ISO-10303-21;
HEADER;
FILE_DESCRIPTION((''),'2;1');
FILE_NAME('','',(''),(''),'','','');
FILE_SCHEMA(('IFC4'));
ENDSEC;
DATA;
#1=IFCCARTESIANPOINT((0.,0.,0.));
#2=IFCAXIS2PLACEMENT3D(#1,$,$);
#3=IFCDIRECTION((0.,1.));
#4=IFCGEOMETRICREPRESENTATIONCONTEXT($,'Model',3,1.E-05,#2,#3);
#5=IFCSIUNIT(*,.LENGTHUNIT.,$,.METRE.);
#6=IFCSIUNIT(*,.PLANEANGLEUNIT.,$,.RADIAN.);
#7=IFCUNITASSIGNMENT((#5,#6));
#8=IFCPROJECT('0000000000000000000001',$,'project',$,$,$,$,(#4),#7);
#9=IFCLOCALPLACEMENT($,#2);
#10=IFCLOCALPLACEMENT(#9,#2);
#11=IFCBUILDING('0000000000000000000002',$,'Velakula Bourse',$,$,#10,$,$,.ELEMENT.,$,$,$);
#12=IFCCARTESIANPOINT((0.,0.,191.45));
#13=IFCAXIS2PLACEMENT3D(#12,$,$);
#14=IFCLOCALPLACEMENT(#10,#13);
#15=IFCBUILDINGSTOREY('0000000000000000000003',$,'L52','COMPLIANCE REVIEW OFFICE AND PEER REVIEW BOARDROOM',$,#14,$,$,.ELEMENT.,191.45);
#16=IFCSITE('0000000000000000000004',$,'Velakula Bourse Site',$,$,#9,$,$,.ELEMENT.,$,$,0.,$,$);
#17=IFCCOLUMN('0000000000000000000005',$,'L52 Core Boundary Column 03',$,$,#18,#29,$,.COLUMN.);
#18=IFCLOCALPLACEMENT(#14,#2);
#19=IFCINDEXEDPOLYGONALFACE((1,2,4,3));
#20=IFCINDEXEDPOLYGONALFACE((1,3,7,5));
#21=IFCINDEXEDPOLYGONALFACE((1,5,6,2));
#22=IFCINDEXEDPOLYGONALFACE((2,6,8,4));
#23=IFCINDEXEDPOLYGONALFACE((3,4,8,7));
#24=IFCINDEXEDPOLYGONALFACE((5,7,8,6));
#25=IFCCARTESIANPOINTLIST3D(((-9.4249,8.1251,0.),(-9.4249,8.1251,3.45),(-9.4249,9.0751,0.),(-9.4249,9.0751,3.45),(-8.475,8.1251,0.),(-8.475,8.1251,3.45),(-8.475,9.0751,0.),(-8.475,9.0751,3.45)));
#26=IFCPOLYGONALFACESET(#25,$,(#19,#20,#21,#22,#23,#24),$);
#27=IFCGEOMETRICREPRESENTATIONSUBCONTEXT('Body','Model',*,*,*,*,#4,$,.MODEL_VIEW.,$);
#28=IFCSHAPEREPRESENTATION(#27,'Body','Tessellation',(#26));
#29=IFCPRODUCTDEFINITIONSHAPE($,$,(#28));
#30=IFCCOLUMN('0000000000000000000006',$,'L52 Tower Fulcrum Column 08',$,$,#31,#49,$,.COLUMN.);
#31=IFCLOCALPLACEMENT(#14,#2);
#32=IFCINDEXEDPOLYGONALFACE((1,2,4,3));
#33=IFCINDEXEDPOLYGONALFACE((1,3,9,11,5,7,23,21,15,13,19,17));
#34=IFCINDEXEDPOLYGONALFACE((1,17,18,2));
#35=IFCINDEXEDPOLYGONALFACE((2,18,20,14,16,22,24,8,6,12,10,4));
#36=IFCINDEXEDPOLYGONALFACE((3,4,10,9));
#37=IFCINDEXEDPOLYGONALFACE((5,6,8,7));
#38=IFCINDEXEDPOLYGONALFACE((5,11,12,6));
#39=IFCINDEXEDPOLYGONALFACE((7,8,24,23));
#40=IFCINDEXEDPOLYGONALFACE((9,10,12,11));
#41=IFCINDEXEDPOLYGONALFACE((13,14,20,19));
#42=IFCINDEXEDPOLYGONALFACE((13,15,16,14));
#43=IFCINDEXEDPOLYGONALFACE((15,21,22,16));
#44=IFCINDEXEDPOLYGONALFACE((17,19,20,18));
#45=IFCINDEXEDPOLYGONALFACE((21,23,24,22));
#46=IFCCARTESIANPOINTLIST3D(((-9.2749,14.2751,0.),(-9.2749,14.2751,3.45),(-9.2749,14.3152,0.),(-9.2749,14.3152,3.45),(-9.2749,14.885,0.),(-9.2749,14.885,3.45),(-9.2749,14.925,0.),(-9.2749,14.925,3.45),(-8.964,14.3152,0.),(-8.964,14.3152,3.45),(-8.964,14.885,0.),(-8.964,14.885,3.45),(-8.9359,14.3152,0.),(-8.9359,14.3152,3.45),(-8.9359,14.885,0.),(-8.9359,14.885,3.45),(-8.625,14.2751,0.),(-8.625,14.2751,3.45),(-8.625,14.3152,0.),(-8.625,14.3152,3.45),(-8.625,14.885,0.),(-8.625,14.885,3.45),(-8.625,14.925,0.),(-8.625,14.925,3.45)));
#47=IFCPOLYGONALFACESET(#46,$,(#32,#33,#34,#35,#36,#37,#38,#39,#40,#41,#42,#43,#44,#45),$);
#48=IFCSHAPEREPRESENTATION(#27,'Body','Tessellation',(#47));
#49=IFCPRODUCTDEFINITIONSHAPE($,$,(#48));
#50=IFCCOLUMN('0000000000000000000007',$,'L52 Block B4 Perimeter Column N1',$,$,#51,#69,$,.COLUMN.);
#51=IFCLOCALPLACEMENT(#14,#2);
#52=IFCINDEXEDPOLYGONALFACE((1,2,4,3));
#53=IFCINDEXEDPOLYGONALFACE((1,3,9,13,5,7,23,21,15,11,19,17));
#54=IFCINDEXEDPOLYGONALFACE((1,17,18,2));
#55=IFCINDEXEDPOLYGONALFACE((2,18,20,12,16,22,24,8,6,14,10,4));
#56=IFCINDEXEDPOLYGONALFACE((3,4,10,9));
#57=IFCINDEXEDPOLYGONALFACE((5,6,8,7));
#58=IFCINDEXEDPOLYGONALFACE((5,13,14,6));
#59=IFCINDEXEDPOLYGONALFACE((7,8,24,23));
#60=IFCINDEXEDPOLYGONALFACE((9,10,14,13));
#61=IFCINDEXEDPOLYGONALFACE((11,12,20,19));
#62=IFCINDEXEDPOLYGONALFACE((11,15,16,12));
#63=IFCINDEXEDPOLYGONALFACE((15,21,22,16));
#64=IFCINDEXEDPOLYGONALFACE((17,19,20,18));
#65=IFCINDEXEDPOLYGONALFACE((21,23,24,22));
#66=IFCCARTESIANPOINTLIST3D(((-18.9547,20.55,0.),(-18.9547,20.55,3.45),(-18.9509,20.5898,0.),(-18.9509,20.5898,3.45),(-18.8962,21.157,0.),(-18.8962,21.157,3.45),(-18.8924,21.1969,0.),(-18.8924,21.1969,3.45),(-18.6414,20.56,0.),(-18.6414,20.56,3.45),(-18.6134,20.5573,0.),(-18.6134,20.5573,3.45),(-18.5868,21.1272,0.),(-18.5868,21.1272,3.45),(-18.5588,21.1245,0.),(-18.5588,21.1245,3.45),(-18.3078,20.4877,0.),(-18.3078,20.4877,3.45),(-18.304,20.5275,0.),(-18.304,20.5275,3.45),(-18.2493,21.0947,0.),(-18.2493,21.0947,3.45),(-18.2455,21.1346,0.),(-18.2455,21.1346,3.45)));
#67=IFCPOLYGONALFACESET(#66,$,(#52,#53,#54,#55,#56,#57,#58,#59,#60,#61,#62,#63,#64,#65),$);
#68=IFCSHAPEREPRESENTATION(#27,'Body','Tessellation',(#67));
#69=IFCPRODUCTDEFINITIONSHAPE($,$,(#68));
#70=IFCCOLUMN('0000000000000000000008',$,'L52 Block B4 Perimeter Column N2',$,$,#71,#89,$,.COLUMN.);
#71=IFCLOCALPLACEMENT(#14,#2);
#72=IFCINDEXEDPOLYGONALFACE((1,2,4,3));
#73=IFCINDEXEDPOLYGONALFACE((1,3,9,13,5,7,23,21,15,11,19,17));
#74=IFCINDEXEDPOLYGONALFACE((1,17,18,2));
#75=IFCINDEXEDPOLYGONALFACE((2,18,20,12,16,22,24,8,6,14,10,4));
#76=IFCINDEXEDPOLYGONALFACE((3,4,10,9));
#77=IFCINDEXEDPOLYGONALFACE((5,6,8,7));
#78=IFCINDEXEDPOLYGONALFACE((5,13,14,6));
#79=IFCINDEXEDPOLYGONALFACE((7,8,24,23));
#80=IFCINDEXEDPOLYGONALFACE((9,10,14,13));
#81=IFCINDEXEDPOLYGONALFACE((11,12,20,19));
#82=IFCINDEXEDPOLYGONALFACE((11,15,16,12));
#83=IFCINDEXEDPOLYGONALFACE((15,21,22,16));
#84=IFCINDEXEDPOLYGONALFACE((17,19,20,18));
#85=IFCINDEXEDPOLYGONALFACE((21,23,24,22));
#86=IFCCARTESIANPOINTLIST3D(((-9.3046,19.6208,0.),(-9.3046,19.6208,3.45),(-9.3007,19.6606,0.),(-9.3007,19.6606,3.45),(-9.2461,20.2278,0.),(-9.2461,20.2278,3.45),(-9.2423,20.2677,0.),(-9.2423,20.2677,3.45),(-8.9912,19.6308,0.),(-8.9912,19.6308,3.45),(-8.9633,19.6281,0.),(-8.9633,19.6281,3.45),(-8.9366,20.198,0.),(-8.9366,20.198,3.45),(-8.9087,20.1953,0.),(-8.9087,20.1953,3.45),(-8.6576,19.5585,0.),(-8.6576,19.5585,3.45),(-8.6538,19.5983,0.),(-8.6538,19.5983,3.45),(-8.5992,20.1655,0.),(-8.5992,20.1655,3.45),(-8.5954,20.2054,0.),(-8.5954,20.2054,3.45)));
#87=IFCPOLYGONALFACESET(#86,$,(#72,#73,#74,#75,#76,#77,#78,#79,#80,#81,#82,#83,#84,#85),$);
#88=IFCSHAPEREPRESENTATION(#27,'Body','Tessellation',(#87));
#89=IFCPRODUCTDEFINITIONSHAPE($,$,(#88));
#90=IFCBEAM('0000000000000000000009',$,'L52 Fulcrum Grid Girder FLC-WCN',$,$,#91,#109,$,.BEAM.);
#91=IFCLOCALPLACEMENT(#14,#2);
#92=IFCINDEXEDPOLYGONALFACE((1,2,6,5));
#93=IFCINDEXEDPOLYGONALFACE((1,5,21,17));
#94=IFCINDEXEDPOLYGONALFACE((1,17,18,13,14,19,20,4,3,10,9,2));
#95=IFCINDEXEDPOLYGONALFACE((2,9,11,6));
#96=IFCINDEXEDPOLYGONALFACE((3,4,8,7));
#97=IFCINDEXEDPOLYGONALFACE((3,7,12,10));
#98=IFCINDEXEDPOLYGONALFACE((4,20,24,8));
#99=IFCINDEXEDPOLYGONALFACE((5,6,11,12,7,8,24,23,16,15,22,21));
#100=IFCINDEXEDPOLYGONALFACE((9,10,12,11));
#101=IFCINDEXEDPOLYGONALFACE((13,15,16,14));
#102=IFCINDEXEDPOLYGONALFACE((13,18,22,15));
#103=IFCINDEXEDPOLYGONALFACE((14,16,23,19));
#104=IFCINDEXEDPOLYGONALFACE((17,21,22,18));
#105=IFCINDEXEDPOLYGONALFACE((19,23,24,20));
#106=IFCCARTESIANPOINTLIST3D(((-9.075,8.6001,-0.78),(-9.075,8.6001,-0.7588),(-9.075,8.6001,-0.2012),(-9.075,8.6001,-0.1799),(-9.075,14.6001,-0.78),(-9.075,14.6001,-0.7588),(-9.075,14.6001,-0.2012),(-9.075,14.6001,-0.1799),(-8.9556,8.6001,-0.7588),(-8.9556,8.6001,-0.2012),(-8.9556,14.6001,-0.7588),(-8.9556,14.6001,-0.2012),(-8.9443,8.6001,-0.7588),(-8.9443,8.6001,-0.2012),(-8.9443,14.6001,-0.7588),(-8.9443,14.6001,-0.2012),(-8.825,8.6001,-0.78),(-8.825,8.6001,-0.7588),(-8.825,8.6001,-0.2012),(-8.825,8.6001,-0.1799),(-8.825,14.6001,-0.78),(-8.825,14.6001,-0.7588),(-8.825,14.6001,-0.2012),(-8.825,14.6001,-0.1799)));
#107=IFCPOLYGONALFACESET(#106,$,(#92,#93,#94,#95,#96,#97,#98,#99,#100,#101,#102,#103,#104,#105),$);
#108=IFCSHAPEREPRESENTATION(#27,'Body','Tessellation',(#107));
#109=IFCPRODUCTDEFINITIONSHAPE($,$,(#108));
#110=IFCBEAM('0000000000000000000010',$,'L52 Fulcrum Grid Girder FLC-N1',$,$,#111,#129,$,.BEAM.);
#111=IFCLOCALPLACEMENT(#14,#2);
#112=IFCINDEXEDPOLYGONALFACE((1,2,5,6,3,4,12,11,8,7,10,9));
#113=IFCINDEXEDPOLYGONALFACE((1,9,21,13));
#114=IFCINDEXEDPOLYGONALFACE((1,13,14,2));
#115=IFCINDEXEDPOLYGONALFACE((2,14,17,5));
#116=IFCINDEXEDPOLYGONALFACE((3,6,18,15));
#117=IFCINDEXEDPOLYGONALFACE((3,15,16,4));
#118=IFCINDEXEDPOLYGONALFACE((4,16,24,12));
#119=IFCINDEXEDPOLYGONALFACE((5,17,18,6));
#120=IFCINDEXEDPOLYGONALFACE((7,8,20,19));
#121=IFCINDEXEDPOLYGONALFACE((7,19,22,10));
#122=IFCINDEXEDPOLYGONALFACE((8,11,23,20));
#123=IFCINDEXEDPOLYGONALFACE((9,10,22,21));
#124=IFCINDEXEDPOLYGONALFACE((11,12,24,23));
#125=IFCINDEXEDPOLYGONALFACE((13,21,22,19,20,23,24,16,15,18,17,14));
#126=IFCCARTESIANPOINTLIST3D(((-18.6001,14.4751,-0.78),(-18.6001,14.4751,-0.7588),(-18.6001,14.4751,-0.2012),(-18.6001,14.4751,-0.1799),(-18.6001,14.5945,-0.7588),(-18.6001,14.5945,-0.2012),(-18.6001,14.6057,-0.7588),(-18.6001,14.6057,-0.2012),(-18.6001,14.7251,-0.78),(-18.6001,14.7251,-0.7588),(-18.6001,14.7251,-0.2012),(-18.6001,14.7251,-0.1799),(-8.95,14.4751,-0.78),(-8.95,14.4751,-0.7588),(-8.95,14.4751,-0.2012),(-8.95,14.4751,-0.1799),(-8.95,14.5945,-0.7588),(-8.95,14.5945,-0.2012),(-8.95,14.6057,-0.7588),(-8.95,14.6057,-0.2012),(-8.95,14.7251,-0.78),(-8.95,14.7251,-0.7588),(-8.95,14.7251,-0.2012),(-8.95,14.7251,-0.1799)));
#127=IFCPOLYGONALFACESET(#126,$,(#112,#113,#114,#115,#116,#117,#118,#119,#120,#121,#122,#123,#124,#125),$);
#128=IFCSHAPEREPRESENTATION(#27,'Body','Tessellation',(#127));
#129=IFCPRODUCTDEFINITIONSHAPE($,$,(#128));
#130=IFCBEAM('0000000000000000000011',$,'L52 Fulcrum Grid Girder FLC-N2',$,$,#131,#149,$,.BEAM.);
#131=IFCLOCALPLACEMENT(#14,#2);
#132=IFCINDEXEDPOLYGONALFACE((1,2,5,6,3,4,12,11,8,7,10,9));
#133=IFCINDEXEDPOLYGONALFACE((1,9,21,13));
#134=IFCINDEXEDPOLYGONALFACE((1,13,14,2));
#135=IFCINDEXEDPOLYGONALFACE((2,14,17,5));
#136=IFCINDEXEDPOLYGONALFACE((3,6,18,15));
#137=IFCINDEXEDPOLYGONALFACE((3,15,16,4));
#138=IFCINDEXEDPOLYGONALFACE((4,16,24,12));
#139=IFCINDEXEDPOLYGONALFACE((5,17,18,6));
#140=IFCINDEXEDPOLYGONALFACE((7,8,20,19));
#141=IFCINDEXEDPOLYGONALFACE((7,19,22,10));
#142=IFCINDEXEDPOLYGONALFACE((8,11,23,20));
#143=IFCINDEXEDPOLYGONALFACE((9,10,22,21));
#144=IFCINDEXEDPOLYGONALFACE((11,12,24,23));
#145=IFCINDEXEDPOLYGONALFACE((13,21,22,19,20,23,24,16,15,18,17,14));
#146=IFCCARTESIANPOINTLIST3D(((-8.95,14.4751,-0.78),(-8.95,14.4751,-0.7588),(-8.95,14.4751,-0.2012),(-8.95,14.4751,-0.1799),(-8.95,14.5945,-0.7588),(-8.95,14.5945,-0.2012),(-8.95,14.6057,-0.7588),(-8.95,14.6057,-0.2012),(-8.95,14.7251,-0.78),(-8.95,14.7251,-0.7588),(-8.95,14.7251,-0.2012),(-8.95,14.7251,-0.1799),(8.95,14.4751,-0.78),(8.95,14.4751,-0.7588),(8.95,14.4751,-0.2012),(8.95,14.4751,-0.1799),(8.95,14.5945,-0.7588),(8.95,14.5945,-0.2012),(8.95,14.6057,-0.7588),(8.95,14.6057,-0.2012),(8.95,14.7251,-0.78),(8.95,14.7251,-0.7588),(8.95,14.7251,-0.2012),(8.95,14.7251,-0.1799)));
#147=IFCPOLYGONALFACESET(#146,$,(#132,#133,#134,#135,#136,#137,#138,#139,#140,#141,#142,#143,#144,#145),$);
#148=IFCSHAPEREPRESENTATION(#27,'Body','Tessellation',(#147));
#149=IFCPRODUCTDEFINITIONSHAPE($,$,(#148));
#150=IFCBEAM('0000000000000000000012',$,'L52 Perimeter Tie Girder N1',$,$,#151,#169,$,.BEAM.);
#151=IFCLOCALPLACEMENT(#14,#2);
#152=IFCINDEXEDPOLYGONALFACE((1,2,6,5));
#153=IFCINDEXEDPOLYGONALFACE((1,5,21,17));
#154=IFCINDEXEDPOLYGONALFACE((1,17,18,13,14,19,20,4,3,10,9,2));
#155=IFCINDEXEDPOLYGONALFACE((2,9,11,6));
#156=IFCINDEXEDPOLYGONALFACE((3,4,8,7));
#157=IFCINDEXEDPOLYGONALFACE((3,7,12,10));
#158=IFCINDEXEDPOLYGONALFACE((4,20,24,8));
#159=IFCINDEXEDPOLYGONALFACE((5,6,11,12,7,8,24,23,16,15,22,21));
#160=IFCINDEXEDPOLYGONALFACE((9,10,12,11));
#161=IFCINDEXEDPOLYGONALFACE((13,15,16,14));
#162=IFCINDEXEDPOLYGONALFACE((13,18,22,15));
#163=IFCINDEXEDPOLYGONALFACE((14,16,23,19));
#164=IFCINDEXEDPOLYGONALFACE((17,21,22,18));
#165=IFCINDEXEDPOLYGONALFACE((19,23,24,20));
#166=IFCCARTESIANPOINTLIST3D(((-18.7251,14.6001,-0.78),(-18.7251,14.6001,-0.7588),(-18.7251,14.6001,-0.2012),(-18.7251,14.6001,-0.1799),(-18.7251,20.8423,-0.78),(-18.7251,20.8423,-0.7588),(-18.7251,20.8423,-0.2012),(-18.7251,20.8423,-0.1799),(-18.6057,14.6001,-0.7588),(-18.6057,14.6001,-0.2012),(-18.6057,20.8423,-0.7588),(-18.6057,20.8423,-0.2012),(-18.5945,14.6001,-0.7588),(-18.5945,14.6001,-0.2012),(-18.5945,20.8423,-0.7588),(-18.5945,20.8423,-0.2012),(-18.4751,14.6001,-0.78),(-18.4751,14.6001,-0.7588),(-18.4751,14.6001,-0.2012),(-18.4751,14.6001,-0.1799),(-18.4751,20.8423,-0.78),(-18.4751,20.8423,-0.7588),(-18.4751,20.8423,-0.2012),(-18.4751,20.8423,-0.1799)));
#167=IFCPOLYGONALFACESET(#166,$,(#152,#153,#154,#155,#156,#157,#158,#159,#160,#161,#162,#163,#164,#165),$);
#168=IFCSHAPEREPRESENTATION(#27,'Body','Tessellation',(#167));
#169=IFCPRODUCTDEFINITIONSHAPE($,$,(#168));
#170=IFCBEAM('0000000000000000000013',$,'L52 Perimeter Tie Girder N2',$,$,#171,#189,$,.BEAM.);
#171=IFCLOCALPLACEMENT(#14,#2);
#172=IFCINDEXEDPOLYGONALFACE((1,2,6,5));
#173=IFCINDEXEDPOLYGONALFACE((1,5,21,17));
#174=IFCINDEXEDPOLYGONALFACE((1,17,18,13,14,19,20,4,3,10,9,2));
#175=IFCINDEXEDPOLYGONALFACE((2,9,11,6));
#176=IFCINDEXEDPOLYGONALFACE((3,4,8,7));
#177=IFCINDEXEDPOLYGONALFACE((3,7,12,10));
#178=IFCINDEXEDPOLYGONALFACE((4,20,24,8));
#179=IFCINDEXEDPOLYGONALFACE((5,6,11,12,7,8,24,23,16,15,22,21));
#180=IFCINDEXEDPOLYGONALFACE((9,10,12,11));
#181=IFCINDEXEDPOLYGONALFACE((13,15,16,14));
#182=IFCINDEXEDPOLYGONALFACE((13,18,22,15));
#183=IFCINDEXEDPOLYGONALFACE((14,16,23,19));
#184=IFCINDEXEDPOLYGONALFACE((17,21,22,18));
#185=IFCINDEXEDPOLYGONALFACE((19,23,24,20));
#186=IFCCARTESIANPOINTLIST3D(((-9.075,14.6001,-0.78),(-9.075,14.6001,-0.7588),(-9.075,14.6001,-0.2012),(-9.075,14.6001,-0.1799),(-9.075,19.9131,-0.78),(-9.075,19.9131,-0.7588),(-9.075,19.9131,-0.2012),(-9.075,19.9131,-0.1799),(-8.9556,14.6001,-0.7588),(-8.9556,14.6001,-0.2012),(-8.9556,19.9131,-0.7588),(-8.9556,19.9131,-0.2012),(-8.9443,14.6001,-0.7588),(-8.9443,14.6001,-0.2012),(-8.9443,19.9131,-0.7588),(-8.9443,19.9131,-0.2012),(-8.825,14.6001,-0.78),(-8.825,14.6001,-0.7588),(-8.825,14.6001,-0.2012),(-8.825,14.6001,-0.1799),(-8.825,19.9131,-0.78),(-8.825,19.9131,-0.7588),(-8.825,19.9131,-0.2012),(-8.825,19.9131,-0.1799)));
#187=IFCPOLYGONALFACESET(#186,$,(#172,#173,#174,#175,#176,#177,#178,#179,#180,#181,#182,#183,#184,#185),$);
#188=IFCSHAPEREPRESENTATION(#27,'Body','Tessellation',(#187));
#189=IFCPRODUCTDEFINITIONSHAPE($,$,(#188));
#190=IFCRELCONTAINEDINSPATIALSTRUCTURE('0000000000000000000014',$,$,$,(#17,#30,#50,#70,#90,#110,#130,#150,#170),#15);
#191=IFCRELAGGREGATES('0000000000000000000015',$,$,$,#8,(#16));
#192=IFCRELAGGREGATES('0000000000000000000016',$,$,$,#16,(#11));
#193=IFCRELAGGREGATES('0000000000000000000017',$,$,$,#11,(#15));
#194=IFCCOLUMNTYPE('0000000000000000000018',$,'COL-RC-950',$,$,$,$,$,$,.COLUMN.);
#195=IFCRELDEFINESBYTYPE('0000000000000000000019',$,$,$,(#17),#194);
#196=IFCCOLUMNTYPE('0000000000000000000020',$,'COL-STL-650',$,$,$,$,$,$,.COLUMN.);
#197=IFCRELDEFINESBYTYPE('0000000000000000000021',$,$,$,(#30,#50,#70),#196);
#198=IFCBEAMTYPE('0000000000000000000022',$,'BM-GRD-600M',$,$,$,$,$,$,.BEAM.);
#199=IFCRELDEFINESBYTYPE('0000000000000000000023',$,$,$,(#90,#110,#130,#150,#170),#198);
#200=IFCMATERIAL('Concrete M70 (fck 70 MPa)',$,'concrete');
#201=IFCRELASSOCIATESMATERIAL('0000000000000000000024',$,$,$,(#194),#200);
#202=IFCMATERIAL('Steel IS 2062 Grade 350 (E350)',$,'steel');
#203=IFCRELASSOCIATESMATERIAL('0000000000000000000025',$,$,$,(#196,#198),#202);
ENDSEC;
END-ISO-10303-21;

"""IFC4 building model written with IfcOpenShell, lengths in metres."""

from ifc_helpers import new_model, si_unit, direction, frame, origin, origin_2d, place, context, subcontext, project, spatial, rectangle, i_section, extrude, material, material_profile, profile_set, type_object, element, save


model = new_model("IFC4")

# Units and contexts
model_context = context("Model", 3, precision=1e-05, world=origin(), true_north=direction((0.0, 1.0)))
body_context = subcontext(model_context, "Body", "Model", "MODEL_VIEW")
ifc_project = project(units=[si_unit("LENGTHUNIT", "METRE"), si_unit("PLANEANGLEUNIT", "RADIAN")], contexts=[model_context])

# Site, building, storey
site_placement = place(None, origin())
site = spatial("IfcSite", under=ifc_project, at=site_placement, Name="Velakula Bourse Site", CompositionType="ELEMENT", RefElevation=0.0)
building_placement = place(site_placement, origin())
building = spatial("IfcBuilding", under=site, at=building_placement, Name="Velakula Bourse", CompositionType="ELEMENT")
storey_placement = place(building_placement, frame((0.0, 0.0, 191.45)))
storey = spatial("IfcBuildingStorey", under=building, at=storey_placement, Name="L52", Description="COMPLIANCE REVIEW OFFICE AND PEER REVIEW BOARDROOM", CompositionType="ELEMENT", Elevation=191.45)

# Columns
ifc_material_1 = material(Name="Concrete M70 (fck 70 MPa)", Category="concrete")
ifc_material_profile_1 = material_profile(ifc_material_1, rectangle(XDim=0.95, YDim=0.95, at=origin_2d()), Name="Concrete M70 (fck 70 MPa)")
ifc_profile_set_1 = profile_set([ifc_material_profile_1], Name="Concrete M70 (fck 70 MPa)")
column_type_1 = type_object("IfcColumnType", Name="COL-RC-950", PredefinedType="COLUMN", material=ifc_profile_set_1)
column_placement = place(storey_placement, frame((-8.95, 8.6001, 0.0), z_axis=(0.0, 0.0, 1.0), x_axis=(1.0, 0.0, 0.0)))
element("IfcColumn", 1, at=column_placement, inside=storey, type_object=column_type_1, Name="L52 Core Boundary Column 03", PredefinedType="COLUMN", context=body_context, shape_type="SweptSolid", body=[
    extrude(rectangle(XDim=0.95, YDim=0.95, at=origin_2d()), origin(), (0.0, 0.0, 1.0), 3.45),
])
ifc_material_2 = material(Name="Steel IS 2062 Grade 350 (E350)", Category="steel")
ifc_material_profile_2 = material_profile(ifc_material_2, i_section(OverallWidth=0.6499, OverallDepth=0.6499, WebThickness=0.0281, FlangeThickness=0.04, at=origin_2d()), Name="Steel IS 2062 Grade 350 (E350)")
ifc_profile_set_2 = profile_set([ifc_material_profile_2], Name="Steel IS 2062 Grade 350 (E350)")
column_type_2 = type_object("IfcColumnType", Name="COL-STL-650", PredefinedType="COLUMN", material=ifc_profile_set_2)
for number, where, z_axis, x_axis, name in (
    (2, (-8.95, 14.6001, 0.0), (0.0, 0.0, 1.0), (1.0, 0.0, 0.0), "L52 Tower Fulcrum Column 08"),
    (3, (-18.6001, 20.8423, 0.0), (0.0, 0.0, 1.0), (0.995396, -0.095846, 0.0), "L52 Block B4 Perimeter Column N1"),
    (4, (-8.95, 19.9131, 0.0), (0.0, 0.0, 1.0), (0.995396, -0.095846, 0.0), "L52 Block B4 Perimeter Column N2"),
):
    element("IfcColumn", number, at=place(storey_placement, frame(where, z_axis=z_axis, x_axis=x_axis)), inside=storey, type_object=column_type_2, Name=name, PredefinedType="COLUMN", context=body_context, shape_type="SweptSolid", body=[
        extrude(i_section(OverallWidth=0.6499, OverallDepth=0.6499, WebThickness=0.0281, FlangeThickness=0.04, at=origin_2d()), origin(), (0.0, 0.0, 1.0), 3.45),
    ])

# Beams
ifc_material_profile_3 = material_profile(ifc_material_2, i_section(OverallWidth=0.25, OverallDepth=0.6001, WebThickness=0.0112, FlangeThickness=0.0212, at=origin_2d()), Name="Steel IS 2062 Grade 350 (E350)")
ifc_profile_set_3 = profile_set([ifc_material_profile_3], Name="Steel IS 2062 Grade 350 (E350)")
beam_type_1 = type_object("IfcBeamType", Name="BM-GRD-600M", PredefinedType="BEAM", material=ifc_profile_set_3)
beam_1_placement = place(storey_placement, frame((-8.95, 8.6001, -0.48), z_axis=(0.0, 1.0, 0.0), x_axis=(-1.0, 0.0, 0.0)))
element("IfcBeam", 5, at=beam_1_placement, inside=storey, type_object=beam_type_1, Name="L52 Fulcrum Grid Girder FLC-WCN", PredefinedType="BEAM", context=body_context, shape_type="SweptSolid", body=[
    extrude(i_section(OverallWidth=0.25, OverallDepth=0.6001, WebThickness=0.0112, FlangeThickness=0.0212, at=origin_2d()), origin(), (0.0, 0.0, 1.0), 6.0),
])
beam_2_placement = place(storey_placement, frame((-18.6001, 14.6001, -0.48), z_axis=(1.0, 0.0, 0.0), x_axis=(0.0, 1.0, 0.0)))
element("IfcBeam", 6, at=beam_2_placement, inside=storey, type_object=beam_type_1, Name="L52 Fulcrum Grid Girder FLC-N1", PredefinedType="BEAM", context=body_context, shape_type="SweptSolid", body=[
    extrude(i_section(OverallWidth=0.25, OverallDepth=0.6001, WebThickness=0.0112, FlangeThickness=0.0212, at=origin_2d()), origin(), (0.0, 0.0, 1.0), 9.6501),
])
beam_3_placement = place(storey_placement, frame((-8.95, 14.6001, -0.48), z_axis=(1.0, 0.0, 0.0), x_axis=(0.0, 1.0, 0.0)))
element("IfcBeam", 7, at=beam_3_placement, inside=storey, type_object=beam_type_1, Name="L52 Fulcrum Grid Girder FLC-N2", PredefinedType="BEAM", context=body_context, shape_type="SweptSolid", body=[
    extrude(i_section(OverallWidth=0.25, OverallDepth=0.6001, WebThickness=0.0112, FlangeThickness=0.0212, at=origin_2d()), origin(), (0.0, 0.0, 1.0), 17.8999),
])
beam_4_placement = place(storey_placement, frame((-18.6001, 14.6001, -0.48), z_axis=(0.0, 1.0, 0.0), x_axis=(-1.0, 0.0, 0.0)))
element("IfcBeam", 8, at=beam_4_placement, inside=storey, type_object=beam_type_1, Name="L52 Perimeter Tie Girder N1", PredefinedType="BEAM", context=body_context, shape_type="SweptSolid", body=[
    extrude(i_section(OverallWidth=0.25, OverallDepth=0.6001, WebThickness=0.0112, FlangeThickness=0.0212, at=origin_2d()), origin(), (0.0, 0.0, 1.0), 6.2422),
])
beam_5_placement = place(storey_placement, frame((-8.95, 14.6001, -0.48), z_axis=(0.0, 1.0, 0.0), x_axis=(-1.0, 0.0, 0.0)))
element("IfcBeam", 9, at=beam_5_placement, inside=storey, type_object=beam_type_1, Name="L52 Perimeter Tie Girder N2", PredefinedType="BEAM", context=body_context, shape_type="SweptSolid", body=[
    extrude(i_section(OverallWidth=0.25, OverallDepth=0.6001, WebThickness=0.0112, FlangeThickness=0.0212, at=origin_2d()), origin(), (0.0, 0.0, 1.0), 5.313),
])

save(model, "model.ifc")
